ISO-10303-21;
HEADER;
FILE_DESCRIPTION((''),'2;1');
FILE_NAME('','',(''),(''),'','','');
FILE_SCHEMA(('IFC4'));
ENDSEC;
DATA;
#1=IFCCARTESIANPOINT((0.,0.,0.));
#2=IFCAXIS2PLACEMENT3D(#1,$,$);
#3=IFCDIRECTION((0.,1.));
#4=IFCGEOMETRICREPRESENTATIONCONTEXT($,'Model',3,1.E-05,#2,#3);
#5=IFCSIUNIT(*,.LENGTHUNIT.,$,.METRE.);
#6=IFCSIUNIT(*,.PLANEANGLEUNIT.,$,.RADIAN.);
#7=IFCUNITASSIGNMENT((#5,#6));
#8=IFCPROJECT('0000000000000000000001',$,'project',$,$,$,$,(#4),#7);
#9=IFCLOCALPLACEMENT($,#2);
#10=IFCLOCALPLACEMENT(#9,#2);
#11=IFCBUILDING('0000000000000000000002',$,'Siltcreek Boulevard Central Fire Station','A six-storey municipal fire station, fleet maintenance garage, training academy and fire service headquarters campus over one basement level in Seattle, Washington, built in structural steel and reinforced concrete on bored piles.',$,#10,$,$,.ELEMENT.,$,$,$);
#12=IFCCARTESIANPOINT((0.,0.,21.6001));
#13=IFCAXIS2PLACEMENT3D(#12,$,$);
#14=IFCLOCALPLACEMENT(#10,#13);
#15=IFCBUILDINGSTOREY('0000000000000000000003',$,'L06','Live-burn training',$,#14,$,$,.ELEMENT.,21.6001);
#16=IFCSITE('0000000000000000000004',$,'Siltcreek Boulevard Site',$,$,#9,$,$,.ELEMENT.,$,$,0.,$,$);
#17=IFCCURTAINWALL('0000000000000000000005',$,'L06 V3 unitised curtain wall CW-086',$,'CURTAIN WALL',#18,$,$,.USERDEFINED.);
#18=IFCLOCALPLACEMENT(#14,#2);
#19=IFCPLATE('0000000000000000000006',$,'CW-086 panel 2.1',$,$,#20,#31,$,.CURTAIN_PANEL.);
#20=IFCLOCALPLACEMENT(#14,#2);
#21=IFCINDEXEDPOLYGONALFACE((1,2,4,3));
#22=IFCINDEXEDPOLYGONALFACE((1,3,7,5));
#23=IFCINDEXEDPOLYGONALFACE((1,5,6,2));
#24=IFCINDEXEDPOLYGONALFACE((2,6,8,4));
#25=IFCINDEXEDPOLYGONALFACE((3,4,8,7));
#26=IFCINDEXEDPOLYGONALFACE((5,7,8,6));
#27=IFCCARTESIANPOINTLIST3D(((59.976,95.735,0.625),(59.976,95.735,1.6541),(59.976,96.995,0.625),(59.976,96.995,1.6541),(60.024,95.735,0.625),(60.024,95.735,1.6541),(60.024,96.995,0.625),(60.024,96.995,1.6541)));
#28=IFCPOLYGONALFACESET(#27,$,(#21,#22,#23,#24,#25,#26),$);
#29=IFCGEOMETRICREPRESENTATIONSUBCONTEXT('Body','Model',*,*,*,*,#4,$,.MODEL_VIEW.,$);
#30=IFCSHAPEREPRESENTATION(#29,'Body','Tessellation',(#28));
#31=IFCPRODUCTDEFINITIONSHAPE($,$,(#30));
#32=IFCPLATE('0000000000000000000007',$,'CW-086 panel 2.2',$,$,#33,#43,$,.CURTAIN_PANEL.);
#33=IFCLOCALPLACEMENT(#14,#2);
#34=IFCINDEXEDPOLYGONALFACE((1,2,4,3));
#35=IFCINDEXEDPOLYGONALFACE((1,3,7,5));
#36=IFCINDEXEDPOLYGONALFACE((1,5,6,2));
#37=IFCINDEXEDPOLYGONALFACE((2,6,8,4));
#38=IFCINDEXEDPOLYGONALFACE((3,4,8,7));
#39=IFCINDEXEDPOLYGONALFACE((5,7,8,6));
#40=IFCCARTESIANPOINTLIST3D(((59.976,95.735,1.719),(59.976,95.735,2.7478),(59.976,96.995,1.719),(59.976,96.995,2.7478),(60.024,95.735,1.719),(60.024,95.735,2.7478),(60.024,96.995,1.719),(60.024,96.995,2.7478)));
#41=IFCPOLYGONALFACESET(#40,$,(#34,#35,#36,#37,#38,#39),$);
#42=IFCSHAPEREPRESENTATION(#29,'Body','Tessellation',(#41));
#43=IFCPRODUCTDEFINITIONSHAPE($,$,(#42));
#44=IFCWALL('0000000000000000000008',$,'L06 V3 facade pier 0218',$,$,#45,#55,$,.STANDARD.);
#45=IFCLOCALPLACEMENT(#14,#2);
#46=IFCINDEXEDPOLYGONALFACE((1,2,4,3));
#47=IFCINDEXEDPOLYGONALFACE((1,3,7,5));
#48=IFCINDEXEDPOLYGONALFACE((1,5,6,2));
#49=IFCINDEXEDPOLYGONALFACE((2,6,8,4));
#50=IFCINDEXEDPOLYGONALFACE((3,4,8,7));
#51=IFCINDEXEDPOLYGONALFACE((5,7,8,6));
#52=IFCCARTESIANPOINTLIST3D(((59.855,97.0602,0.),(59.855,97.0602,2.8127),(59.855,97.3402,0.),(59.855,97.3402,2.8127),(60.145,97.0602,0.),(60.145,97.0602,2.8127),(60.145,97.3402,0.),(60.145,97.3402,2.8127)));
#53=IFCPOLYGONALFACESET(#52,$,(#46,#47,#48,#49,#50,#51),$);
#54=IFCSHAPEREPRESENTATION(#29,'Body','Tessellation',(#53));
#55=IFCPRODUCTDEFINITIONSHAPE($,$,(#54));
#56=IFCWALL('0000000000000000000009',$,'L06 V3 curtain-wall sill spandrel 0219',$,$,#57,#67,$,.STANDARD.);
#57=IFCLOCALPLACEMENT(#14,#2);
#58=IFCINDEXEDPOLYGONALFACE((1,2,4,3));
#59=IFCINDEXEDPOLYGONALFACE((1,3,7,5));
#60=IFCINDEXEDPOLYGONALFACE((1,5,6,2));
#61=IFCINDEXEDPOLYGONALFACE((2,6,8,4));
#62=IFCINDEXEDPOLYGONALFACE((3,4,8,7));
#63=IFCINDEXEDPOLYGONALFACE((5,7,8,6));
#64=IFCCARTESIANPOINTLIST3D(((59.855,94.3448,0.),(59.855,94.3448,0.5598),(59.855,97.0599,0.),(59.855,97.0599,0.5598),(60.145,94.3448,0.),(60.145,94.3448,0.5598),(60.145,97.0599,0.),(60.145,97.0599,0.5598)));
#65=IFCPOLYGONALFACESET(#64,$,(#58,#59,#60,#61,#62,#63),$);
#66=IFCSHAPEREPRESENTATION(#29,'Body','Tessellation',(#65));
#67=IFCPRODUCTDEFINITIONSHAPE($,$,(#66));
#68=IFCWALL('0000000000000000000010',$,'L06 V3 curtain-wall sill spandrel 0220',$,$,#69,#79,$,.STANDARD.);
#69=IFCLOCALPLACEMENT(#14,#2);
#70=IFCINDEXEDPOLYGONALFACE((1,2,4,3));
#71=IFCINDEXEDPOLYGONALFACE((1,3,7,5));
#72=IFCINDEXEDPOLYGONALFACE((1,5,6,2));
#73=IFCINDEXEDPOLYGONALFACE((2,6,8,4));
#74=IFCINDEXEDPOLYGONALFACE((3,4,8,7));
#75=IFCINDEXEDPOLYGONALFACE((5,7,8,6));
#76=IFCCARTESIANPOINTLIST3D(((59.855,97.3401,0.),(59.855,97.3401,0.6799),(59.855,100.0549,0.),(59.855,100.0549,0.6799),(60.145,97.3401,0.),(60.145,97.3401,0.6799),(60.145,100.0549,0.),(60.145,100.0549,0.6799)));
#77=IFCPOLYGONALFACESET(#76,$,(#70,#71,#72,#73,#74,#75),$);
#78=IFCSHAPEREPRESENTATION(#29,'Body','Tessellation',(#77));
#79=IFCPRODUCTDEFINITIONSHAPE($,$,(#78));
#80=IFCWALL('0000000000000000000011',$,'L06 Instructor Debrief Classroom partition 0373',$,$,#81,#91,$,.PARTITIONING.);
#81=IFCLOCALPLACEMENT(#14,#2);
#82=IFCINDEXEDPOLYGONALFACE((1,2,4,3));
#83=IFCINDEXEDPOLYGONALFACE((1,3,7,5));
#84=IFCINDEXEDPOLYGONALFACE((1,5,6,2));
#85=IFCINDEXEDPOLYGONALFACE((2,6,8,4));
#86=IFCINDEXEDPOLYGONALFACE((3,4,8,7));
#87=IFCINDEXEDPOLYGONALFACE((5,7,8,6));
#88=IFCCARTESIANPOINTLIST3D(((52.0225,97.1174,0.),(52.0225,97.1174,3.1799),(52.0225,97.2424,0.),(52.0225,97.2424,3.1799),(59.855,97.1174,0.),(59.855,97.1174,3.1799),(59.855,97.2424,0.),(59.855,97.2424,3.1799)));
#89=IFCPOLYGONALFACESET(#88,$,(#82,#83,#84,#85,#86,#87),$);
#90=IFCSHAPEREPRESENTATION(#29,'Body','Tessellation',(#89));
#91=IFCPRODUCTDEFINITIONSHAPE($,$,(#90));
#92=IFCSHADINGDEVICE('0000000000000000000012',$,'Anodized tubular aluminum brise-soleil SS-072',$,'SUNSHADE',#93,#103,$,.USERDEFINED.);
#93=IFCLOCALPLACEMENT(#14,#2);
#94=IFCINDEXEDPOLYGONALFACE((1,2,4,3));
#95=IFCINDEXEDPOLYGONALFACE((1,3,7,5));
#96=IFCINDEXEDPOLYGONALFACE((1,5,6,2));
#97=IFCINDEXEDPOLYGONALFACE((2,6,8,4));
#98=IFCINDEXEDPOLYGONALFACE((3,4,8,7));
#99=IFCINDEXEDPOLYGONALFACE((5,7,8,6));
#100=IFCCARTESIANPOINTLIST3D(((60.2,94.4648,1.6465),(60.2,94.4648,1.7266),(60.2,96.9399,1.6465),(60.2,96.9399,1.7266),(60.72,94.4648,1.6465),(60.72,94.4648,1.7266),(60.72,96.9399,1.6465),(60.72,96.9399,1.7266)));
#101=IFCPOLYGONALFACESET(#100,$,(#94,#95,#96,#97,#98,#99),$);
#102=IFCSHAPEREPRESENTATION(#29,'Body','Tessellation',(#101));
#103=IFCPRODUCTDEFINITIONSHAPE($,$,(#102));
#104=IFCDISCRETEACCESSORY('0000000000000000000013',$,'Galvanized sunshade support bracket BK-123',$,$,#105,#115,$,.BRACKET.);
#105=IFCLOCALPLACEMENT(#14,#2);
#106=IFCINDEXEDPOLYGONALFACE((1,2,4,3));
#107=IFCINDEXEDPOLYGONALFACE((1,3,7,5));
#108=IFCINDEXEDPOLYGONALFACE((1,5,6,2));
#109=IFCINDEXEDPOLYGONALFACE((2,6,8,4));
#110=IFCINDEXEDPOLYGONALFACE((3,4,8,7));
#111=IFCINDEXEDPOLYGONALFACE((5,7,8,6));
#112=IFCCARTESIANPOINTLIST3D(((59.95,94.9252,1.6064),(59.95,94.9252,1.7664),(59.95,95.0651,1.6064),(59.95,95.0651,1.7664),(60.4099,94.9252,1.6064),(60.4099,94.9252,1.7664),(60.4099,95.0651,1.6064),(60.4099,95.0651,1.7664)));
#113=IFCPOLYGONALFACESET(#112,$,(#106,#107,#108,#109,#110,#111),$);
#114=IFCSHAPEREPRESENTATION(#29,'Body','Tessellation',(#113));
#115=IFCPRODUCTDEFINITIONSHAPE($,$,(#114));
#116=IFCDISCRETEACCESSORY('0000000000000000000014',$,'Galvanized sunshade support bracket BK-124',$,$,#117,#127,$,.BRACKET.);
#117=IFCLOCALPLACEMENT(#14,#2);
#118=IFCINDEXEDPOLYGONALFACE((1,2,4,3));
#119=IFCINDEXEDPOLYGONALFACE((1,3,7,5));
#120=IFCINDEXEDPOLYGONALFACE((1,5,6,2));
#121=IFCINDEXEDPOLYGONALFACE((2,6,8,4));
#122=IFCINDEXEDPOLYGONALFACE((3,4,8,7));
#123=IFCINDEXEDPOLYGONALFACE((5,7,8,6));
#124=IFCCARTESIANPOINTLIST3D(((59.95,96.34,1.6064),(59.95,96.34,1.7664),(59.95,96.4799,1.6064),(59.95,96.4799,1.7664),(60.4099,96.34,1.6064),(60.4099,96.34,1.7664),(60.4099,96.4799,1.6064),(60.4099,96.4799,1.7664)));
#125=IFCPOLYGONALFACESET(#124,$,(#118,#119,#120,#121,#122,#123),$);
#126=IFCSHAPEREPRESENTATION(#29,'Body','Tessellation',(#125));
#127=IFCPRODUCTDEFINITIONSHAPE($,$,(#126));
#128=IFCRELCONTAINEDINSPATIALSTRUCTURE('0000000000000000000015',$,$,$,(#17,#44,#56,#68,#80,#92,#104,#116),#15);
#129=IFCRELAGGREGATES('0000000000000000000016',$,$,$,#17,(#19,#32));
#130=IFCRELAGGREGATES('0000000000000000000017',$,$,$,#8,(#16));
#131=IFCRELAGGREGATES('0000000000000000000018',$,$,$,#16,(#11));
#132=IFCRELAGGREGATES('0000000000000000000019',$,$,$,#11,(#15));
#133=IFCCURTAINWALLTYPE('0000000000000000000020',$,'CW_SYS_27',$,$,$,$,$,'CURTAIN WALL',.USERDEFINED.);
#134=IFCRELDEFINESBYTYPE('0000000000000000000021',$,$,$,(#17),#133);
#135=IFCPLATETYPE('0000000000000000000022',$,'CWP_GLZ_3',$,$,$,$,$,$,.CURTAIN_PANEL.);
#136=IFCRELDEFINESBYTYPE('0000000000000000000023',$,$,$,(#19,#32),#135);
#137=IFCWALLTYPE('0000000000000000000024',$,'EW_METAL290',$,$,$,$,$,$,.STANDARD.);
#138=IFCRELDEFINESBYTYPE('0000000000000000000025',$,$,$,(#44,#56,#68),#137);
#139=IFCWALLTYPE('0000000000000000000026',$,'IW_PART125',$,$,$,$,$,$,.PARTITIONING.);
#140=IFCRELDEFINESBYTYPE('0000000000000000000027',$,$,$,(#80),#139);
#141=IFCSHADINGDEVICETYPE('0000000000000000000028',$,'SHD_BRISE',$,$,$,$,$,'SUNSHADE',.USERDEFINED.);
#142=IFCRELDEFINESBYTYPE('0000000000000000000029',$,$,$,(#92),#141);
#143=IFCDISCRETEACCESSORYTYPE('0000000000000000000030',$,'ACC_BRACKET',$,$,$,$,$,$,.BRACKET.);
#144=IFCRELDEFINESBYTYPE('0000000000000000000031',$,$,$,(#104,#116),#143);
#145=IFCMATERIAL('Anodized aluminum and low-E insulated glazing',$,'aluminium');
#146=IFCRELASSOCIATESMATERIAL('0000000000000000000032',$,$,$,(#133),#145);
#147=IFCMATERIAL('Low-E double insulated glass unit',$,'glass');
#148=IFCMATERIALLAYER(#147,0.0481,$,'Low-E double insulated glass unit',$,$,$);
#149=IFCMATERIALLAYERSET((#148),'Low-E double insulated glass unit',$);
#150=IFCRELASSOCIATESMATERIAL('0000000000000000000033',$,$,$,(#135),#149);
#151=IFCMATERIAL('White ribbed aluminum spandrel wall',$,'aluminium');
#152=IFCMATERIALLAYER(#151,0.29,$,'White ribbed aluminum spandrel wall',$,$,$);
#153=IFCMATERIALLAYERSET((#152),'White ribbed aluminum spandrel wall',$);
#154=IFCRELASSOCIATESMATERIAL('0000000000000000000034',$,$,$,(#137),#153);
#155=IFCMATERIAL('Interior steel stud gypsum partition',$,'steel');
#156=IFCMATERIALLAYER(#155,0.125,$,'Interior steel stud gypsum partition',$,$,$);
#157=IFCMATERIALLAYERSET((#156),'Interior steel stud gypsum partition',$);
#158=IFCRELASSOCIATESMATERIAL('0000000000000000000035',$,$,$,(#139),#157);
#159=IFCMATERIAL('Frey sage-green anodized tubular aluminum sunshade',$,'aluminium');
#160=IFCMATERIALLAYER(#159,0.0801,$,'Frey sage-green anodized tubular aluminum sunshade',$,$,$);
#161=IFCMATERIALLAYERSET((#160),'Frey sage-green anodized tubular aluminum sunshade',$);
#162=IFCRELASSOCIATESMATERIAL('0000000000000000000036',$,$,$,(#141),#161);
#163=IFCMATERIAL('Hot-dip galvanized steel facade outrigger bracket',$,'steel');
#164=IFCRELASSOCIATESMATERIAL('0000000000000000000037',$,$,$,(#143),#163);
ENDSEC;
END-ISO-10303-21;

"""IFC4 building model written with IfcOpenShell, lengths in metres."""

from ifc_helpers import new_model, si_unit, direction, frame, frame_2d, origin, origin_2d, place, context, subcontext, project, spatial, rectangle, extrude, material, layer, layer_set, type_object, element, aggregate, save


model = new_model("IFC4")

# Units and contexts
model_context = context("Model", 3, precision=1e-05, world=origin(), true_north=direction((0.0, 1.0)))
body_context = subcontext(model_context, "Body", "Model", "MODEL_VIEW")
ifc_project = project(units=[si_unit("LENGTHUNIT", "METRE"), si_unit("PLANEANGLEUNIT", "RADIAN")], contexts=[model_context])

# Site, building, storey
site_placement = place(None, origin())
site = spatial("IfcSite", under=ifc_project, at=site_placement, Name="Siltcreek Boulevard Site", CompositionType="ELEMENT", RefElevation=0.0)
building_placement = place(site_placement, origin())
building = spatial("IfcBuilding", under=site, at=building_placement, Name="Siltcreek Boulevard Central Fire Station", Description="A six-storey municipal fire station, fleet maintenance garage, training academy and fire service headquarters campus over one basement level in Seattle, Washington, built in structural steel and reinforced concrete on bored piles.", CompositionType="ELEMENT")
storey_placement = place(building_placement, frame((0.0, 0.0, 21.6001)))
storey = spatial("IfcBuildingStorey", under=building, at=storey_placement, Name="L06", Description="Live-burn training", CompositionType="ELEMENT", Elevation=21.6001)

# Shared definitions
ifc_material_1 = material(Name="Anodized aluminum and low-E insulated glazing", Category="aluminium")

# Curtain wall, plates
curtain_wall_type_1 = type_object("IfcCurtainWallType", Name="CW_SYS_27", ElementType="CURTAIN WALL", PredefinedType="USERDEFINED", material=ifc_material_1)
curtain_wall_1_placement = place(storey_placement, origin())
curtain_wall_1 = element("IfcCurtainWall", 1, at=curtain_wall_1_placement, inside=storey, type_object=curtain_wall_type_1, Name="L06 V3 unitised curtain wall CW-086", ObjectType="CURTAIN WALL", PredefinedType="USERDEFINED")
ifc_material_2 = material(Name="Low-E double insulated glass unit", Category="glass")
ifc_layer_1 = layer(ifc_material_2, 0.0481, Name="Low-E double insulated glass unit")
ifc_layer_set_1 = layer_set([ifc_layer_1], Name="Low-E double insulated glass unit")
plate_type = type_object("IfcPlateType", Name="CWP_GLZ_3", PredefinedType="CURTAIN_PANEL", material=ifc_layer_set_1)
plate_1_placement = place(storey_placement, frame((60.0, 96.365, 0.625), z_axis=(0.0, 0.0, 1.0), x_axis=(0.0, 1.0, 0.0)))
plate_1 = element("IfcPlate", 2, at=plate_1_placement, type_object=plate_type, Name="CW-086 panel 2.1", PredefinedType="CURTAIN_PANEL", context=body_context, shape_type="SweptSolid", body=[
    extrude(rectangle(XDim=1.26, YDim=0.0481, at=origin_2d()), origin(), (0.0, 0.0, 1.0), 1.0291),
])
plate_2_placement = place(storey_placement, frame((60.0, 96.365, 1.719), z_axis=(0.0, 0.0, 1.0), x_axis=(0.0, 1.0, 0.0)))
plate_2 = element("IfcPlate", 3, at=plate_2_placement, type_object=plate_type, Name="CW-086 panel 2.2", PredefinedType="CURTAIN_PANEL", context=body_context, shape_type="SweptSolid", body=[
    extrude(rectangle(XDim=1.26, YDim=0.0481, at=origin_2d()), origin(), (0.0, 0.0, 1.0), 1.0288),
])
aggregate(curtain_wall_1, [plate_1, plate_2])

# Walls
ifc_material_3 = material(Name="White ribbed aluminum spandrel wall", Category="aluminium")
ifc_layer_2 = layer(ifc_material_3, 0.29, Name="White ribbed aluminum spandrel wall")
ifc_layer_set_2 = layer_set([ifc_layer_2], Name="White ribbed aluminum spandrel wall")
wall_type_1 = type_object("IfcWallType", Name="EW_METAL290", PredefinedType="STANDARD", material=ifc_layer_set_2)
wall_1_placement = place(storey_placement, frame((60.0, 97.0601, 0.0), z_axis=(0.0, 0.0, 1.0), x_axis=(0.0, 1.0, 0.0)))
element("IfcWall", 4, at=wall_1_placement, inside=storey, type_object=wall_type_1, Name="L06 V3 facade pier 0218", PredefinedType="STANDARD", context=body_context, shape_type="SweptSolid", body=[
    extrude(rectangle(XDim=0.28, YDim=0.29, at=frame_2d((0.1401, 0.0))), origin(), (0.0, 0.0, 1.0), 2.8127),
])
wall_2_placement = place(storey_placement, frame((60.0, 94.345, 0.0), z_axis=(0.0, 0.0, 1.0), x_axis=(0.0, 1.0, 0.0)))
element("IfcWall", 5, at=wall_2_placement, inside=storey, type_object=wall_type_1, Name="L06 V3 curtain-wall sill spandrel 0219", PredefinedType="STANDARD", context=body_context, shape_type="SweptSolid", body=[
    extrude(rectangle(XDim=2.7151, YDim=0.29, at=frame_2d((1.3574, 0.0))), origin(), (0.0, 0.0, 1.0), 0.5598),
])
wall_3_placement = place(storey_placement, frame((60.0, 97.3401, 0.0), z_axis=(0.0, 0.0, 1.0), x_axis=(0.0, 1.0, 0.0)))
element("IfcWall", 6, at=wall_3_placement, inside=storey, type_object=wall_type_1, Name="L06 V3 curtain-wall sill spandrel 0220", PredefinedType="STANDARD", context=body_context, shape_type="SweptSolid", body=[
    extrude(rectangle(XDim=2.7148, YDim=0.29, at=frame_2d((1.3574, 0.0))), origin(), (0.0, 0.0, 1.0), 0.6799),
])
ifc_material_4 = material(Name="Interior steel stud gypsum partition", Category="steel")
ifc_layer_3 = layer(ifc_material_4, 0.125, Name="Interior steel stud gypsum partition")
ifc_layer_set_3 = layer_set([ifc_layer_3], Name="Interior steel stud gypsum partition")
wall_type_2 = type_object("IfcWallType", Name="IW_PART125", PredefinedType="PARTITIONING", material=ifc_layer_set_3)
wall_4_placement = place(storey_placement, frame((59.855, 97.1799, 0.0), z_axis=(0.0, 0.0, 1.0), x_axis=(-1.0, 0.0, 0.0)))
element("IfcWall", 7, at=wall_4_placement, inside=storey, type_object=wall_type_2, Name="L06 Instructor Debrief Classroom partition 0373", PredefinedType="PARTITIONING", context=body_context, shape_type="SweptSolid", body=[
    extrude(rectangle(XDim=7.8325, YDim=0.125, at=frame_2d((3.9163, 0.0))), origin(), (0.0, 0.0, 1.0), 3.1799),
])

# Shading device
ifc_material_5 = material(Name="Frey sage-green anodized tubular aluminum sunshade", Category="aluminium")
ifc_layer_4 = layer(ifc_material_5, 0.0801, Name="Frey sage-green anodized tubular aluminum sunshade")
ifc_layer_set_4 = layer_set([ifc_layer_4], Name="Frey sage-green anodized tubular aluminum sunshade")
shading_device_type = type_object("IfcShadingDeviceType", Name="SHD_BRISE", ElementType="SUNSHADE", PredefinedType="USERDEFINED", material=ifc_layer_set_4)
shading_device_placement = place(storey_placement, frame((60.46, 95.7024, 1.6465), z_axis=(0.0, 0.0, 1.0), x_axis=(0.0, 1.0, 0.0)))
element("IfcShadingDevice", 8, at=shading_device_placement, inside=storey, type_object=shading_device_type, Name="Anodized tubular aluminum brise-soleil SS-072", ObjectType="SUNSHADE", PredefinedType="USERDEFINED", context=body_context, shape_type="SweptSolid", body=[
    extrude(rectangle(XDim=2.4751, YDim=0.52, at=origin_2d()), origin(), (0.0, 0.0, 1.0), 0.0801),
])

# Discrete accessories
ifc_material_6 = material(Name="Hot-dip galvanized steel facade outrigger bracket", Category="steel")
discrete_accessory_type = type_object("IfcDiscreteAccessoryType", Name="ACC_BRACKET", PredefinedType="BRACKET", material=ifc_material_6)
for number, where, z_axis, x_axis, name in (
    (9, (60.1799, 94.9951, 1.6064), (0.0, 0.0, 1.0), (0.0, 1.0, 0.0), "Galvanized sunshade support bracket BK-123"),
    (10, (60.1799, 96.4099, 1.6064), (0.0, 0.0, 1.0), (0.0, 1.0, 0.0), "Galvanized sunshade support bracket BK-124"),
):
    element("IfcDiscreteAccessory", number, at=place(storey_placement, frame(where, z_axis=z_axis, x_axis=x_axis)), inside=storey, type_object=discrete_accessory_type, Name=name, PredefinedType="BRACKET", context=body_context, shape_type="SweptSolid", body=[
        extrude(rectangle(XDim=0.1399, YDim=0.46, at=origin_2d()), origin(), (0.0, 0.0, 1.0), 0.1599),
    ])

save(model, "model.ifc")
